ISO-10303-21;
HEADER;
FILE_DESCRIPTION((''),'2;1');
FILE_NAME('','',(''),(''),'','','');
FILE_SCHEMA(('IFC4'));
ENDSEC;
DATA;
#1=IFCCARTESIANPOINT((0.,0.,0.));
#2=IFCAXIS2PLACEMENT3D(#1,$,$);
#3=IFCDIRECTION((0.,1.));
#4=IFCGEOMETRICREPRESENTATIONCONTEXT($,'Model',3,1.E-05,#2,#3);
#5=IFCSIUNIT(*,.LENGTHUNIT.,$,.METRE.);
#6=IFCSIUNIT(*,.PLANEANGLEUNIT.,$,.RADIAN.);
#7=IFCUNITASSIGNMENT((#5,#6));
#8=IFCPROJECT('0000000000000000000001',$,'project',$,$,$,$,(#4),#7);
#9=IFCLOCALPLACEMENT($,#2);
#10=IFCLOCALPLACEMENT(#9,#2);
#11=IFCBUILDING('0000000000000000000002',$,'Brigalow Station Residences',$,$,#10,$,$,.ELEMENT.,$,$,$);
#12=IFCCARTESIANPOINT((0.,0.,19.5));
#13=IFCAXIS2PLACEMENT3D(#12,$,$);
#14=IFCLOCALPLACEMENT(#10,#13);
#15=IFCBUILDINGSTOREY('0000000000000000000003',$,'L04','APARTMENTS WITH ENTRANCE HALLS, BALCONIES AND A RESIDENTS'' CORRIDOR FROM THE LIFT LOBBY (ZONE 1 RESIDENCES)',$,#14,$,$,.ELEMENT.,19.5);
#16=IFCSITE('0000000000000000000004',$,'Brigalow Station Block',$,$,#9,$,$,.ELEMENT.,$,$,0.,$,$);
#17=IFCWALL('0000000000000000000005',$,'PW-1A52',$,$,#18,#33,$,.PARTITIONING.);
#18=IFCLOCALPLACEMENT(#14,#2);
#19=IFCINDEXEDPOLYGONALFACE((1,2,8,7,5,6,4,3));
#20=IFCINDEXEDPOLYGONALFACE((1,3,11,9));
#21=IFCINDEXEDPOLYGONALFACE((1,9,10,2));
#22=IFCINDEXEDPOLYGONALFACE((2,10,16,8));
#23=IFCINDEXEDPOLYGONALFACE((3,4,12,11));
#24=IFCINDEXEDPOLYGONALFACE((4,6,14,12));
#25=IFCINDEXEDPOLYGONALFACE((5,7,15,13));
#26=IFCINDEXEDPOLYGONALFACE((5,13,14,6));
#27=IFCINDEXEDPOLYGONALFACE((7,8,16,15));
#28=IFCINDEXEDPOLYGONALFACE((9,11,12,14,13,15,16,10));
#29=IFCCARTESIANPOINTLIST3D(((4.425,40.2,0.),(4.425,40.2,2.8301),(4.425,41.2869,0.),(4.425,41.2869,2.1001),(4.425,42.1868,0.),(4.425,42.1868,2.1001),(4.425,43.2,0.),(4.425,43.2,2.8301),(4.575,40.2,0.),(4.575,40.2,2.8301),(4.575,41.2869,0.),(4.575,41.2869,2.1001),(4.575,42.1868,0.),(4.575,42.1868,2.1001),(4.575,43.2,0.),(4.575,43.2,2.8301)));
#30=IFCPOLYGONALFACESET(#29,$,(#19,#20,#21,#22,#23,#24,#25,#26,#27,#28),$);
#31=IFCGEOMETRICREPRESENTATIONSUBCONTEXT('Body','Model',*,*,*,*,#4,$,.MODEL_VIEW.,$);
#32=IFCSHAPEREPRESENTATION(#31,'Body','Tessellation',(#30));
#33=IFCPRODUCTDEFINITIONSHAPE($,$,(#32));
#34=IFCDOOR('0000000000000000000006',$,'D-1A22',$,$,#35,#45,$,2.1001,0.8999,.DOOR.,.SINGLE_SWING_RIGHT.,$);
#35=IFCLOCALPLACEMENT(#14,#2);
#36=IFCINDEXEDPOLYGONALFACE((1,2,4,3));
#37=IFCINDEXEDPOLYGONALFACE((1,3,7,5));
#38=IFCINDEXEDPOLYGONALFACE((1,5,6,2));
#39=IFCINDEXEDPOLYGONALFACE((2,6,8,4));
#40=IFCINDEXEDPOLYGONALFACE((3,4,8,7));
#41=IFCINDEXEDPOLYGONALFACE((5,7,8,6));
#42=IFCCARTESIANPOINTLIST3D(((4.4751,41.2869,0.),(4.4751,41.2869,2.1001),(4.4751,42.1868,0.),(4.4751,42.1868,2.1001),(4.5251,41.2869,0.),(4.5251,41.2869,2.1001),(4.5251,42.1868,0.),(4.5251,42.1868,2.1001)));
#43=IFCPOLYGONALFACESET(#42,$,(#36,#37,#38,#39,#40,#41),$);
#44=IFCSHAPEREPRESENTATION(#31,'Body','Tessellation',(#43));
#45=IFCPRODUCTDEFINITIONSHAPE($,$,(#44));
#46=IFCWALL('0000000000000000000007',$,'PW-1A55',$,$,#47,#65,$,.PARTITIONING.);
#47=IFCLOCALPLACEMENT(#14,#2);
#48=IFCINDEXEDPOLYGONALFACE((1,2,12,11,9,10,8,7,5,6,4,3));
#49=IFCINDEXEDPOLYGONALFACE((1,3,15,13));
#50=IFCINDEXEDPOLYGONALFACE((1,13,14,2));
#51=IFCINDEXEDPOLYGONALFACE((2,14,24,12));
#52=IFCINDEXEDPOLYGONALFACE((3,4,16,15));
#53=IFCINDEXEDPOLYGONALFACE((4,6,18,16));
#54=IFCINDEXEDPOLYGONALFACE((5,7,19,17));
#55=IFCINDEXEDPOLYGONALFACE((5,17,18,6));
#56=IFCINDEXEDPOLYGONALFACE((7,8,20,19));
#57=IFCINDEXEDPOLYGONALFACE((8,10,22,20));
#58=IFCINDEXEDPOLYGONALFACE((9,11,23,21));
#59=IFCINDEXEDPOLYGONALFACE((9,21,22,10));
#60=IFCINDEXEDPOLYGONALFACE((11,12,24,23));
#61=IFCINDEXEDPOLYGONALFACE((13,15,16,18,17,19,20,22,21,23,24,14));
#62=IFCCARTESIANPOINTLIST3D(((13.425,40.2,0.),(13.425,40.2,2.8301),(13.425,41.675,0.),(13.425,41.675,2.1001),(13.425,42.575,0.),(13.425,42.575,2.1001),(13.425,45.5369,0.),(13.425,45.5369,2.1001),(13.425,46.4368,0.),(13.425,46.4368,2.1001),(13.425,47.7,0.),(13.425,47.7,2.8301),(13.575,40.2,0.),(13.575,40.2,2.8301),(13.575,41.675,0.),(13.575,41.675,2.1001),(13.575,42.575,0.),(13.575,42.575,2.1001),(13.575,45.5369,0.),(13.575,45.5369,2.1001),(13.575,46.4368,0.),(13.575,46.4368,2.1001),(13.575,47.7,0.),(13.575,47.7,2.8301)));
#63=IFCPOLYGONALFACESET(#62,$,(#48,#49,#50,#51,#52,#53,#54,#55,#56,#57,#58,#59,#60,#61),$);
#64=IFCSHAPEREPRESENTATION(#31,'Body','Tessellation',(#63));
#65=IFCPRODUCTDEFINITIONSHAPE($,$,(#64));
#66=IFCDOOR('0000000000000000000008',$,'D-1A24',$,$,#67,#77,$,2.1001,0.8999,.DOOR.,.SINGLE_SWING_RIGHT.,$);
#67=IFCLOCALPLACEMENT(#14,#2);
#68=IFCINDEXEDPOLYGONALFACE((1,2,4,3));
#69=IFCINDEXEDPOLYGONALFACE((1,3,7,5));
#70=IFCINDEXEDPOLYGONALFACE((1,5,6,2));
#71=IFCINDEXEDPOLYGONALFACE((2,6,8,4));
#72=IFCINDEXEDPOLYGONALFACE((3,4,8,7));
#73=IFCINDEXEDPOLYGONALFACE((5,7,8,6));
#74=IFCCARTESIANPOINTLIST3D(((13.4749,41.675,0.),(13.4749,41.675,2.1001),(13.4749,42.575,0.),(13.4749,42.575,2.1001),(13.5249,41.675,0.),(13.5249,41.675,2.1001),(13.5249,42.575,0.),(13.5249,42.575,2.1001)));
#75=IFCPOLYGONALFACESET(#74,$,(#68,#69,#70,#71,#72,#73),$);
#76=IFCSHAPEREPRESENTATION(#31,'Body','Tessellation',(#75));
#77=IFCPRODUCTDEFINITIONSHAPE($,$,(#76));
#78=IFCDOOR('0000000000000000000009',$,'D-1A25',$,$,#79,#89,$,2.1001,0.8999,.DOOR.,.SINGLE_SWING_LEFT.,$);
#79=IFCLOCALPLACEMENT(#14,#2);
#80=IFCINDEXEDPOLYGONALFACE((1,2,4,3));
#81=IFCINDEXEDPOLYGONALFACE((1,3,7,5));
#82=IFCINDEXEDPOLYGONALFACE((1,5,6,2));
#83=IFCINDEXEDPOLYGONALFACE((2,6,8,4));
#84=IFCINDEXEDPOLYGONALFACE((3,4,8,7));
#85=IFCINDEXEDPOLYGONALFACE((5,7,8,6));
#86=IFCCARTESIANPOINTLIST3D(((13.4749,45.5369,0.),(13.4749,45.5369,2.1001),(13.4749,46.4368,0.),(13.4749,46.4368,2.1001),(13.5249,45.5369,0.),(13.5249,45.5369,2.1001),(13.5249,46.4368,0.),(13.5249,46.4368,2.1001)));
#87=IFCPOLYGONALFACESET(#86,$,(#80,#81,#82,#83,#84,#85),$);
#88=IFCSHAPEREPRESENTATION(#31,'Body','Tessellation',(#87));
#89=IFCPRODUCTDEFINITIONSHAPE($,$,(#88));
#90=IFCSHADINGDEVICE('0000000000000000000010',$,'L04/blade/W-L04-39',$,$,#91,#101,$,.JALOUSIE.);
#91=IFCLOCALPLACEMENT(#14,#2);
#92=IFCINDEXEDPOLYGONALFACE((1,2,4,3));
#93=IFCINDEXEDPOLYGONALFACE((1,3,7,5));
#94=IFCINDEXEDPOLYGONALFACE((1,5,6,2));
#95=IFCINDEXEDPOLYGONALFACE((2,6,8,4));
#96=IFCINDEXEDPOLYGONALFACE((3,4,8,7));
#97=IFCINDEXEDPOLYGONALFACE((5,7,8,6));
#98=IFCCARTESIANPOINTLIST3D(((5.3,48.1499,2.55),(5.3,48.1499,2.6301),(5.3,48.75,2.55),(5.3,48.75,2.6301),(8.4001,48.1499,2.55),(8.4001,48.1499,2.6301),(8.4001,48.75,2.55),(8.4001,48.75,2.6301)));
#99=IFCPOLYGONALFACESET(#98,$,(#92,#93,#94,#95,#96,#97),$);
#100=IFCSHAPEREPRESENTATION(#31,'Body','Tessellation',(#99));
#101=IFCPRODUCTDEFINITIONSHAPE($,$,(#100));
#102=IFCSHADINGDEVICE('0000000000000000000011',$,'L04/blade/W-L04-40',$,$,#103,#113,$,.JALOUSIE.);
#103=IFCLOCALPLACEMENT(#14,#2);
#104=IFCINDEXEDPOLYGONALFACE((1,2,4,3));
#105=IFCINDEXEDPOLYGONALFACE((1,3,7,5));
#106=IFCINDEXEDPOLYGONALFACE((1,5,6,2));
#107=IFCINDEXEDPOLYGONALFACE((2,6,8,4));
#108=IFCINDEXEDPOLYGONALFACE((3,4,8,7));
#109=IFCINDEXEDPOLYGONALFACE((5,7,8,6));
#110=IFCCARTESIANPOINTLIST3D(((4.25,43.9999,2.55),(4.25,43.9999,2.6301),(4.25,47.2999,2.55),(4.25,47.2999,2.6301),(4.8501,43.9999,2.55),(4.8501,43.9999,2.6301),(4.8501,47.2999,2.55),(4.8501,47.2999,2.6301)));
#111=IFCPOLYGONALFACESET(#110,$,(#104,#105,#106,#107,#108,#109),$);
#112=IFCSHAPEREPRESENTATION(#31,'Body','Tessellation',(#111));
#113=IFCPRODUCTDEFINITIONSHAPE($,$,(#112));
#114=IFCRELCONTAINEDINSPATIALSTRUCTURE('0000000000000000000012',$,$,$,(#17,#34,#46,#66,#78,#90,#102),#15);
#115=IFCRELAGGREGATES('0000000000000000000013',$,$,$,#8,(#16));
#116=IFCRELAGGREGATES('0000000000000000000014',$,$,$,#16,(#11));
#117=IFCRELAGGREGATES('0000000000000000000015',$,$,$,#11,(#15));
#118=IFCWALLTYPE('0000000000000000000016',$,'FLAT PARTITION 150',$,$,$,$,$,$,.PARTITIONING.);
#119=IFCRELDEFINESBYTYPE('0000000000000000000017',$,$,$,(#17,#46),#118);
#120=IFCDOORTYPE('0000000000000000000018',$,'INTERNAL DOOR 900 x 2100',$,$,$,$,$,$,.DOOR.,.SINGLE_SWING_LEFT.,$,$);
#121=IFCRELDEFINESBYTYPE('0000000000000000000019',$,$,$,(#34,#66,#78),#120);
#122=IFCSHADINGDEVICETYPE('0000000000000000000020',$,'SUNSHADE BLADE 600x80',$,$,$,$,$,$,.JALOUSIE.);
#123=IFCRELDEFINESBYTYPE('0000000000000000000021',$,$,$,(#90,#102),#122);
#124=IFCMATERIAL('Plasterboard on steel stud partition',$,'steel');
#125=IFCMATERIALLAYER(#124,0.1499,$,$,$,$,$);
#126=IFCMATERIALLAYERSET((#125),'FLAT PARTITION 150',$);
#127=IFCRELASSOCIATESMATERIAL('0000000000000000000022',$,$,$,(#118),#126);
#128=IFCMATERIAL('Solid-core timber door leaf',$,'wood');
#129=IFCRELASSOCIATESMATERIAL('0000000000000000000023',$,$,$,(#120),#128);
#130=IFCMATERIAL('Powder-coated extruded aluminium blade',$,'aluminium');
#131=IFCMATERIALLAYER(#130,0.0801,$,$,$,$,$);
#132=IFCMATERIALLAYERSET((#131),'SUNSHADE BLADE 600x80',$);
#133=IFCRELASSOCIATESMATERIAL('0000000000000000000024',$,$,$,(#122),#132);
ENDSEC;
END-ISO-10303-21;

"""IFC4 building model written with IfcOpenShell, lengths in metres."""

from ifc_helpers import new_model, si_unit, direction, frame, frame_2d, origin, origin_2d, place, context, subcontext, project, spatial, rectangle, extrude, material, layer, layer_set, type_object, element, fill, save


model = new_model("IFC4")

# Units and contexts
model_context = context("Model", 3, precision=1e-05, world=origin(), true_north=direction((0.0, 1.0)))
body_context = subcontext(model_context, "Body", "Model", "MODEL_VIEW")
ifc_project = project(units=[si_unit("LENGTHUNIT", "METRE"), si_unit("PLANEANGLEUNIT", "RADIAN")], contexts=[model_context])

# Site, building, storey
site_placement = place(None, origin())
site = spatial("IfcSite", under=ifc_project, at=site_placement, Name="Brigalow Station Block", CompositionType="ELEMENT", RefElevation=0.0)
building_placement = place(site_placement, origin())
building = spatial("IfcBuilding", under=site, at=building_placement, Name="Brigalow Station Residences", CompositionType="ELEMENT")
storey_placement = place(building_placement, frame((0.0, 0.0, 19.5)))
storey = spatial("IfcBuildingStorey", under=building, at=storey_placement, Name="L04", Description="APARTMENTS WITH ENTRANCE HALLS, BALCONIES AND A RESIDENTS' CORRIDOR FROM THE LIFT LOBBY (ZONE 1 RESIDENCES)", CompositionType="ELEMENT", Elevation=19.5)

# Shared definitions
ifc_material_1 = material(Name="Plasterboard on steel stud partition", Category="steel")
ifc_layer_1 = layer(ifc_material_1, 0.1499)
ifc_layer_set_1 = layer_set([ifc_layer_1], Name="FLAT PARTITION 150")
wall_type_1 = type_object("IfcWallType", Name="FLAT PARTITION 150", PredefinedType="PARTITIONING", material=ifc_layer_set_1)

# Wall, opening, door
wall_1_placement = place(storey_placement, frame((4.5, 40.2, 0.0), z_axis=(0.0, 0.0, 1.0), x_axis=(0.0, 1.0, 0.0)))
wall_1 = element("IfcWall", 1, at=wall_1_placement, inside=storey, type_object=wall_type_1, Name="PW-1A52", PredefinedType="PARTITIONING", context=body_context, shape_type="SweptSolid", body=[
    extrude(rectangle(XDim=3.0, YDim=0.1499, at=frame_2d((1.5, 0.0))), origin(), (0.0, 0.0, 1.0), 2.8301),
])
opening_1_placement = place(wall_1_placement, frame((1.0869, 0.0, 0.0)))
opening_1 = element("IfcOpeningElement", 2, at=opening_1_placement, cuts=wall_1, PredefinedType="OPENING", context=body_context, shape_type="SweptSolid", body=[
    extrude(rectangle(XDim=0.8999, YDim=2.1001, at=frame_2d((0.45, 1.05))), frame((0.0, 0.085, 0.0), z_axis=(0.0, -1.0, 0.0), x_axis=(1.0, 0.0, 0.0)), (0.0, 0.0, 1.0), 0.1699),
])
ifc_material_2 = material(Name="Solid-core timber door leaf", Category="wood")
door_type_1 = type_object("IfcDoorType", Name="INTERNAL DOOR 900 x 2100", OperationType="SINGLE_SWING_LEFT", PredefinedType="DOOR", material=ifc_material_2)
door_1_placement = place(opening_1_placement, origin())
door_1 = element("IfcDoor", 3, at=door_1_placement, inside=storey, type_object=door_type_1, Name="D-1A22", OperationType="SINGLE_SWING_RIGHT", OverallHeight=2.1001, OverallWidth=0.8999, PredefinedType="DOOR", context=body_context, shape_type="SweptSolid", body=[
    extrude(rectangle(XDim=0.8999, YDim=2.1001, at=frame_2d((0.45, 1.05))), frame((0.0, 0.0249, 0.0), z_axis=(0.0, -1.0, 0.0), x_axis=(1.0, 0.0, 0.0)), (0.0, 0.0, 1.0), 0.05),
])
fill(opening_1, door_1)

# Wall, openings, doors
wall_2_placement = place(storey_placement, frame((13.5, 40.2, 0.0), z_axis=(0.0, 0.0, 1.0), x_axis=(0.0, 1.0, 0.0)))
wall_2 = element("IfcWall", 4, at=wall_2_placement, inside=storey, type_object=wall_type_1, Name="PW-1A55", PredefinedType="PARTITIONING", context=body_context, shape_type="SweptSolid", body=[
    extrude(rectangle(XDim=7.5, YDim=0.1499, at=frame_2d((3.75, 0.0))), origin(), (0.0, 0.0, 1.0), 2.8301),
])
opening_2_placement = place(wall_2_placement, frame((1.4751, 0.0, 0.0)))
opening_2 = element("IfcOpeningElement", 5, at=opening_2_placement, cuts=wall_2, PredefinedType="OPENING", context=body_context, shape_type="SweptSolid", body=[
    extrude(rectangle(XDim=0.8999, YDim=2.1001, at=frame_2d((0.45, 1.05))), frame((0.0, 0.085, 0.0), z_axis=(0.0, -1.0, 0.0), x_axis=(1.0, 0.0, 0.0)), (0.0, 0.0, 1.0), 0.1699),
])
opening_3_placement = place(wall_2_placement, frame((5.3369, 0.0, 0.0)))
opening_3 = element("IfcOpeningElement", 6, at=opening_3_placement, cuts=wall_2, PredefinedType="OPENING", context=body_context, shape_type="SweptSolid", body=[
    extrude(rectangle(XDim=0.8999, YDim=2.1001, at=frame_2d((0.45, 1.05))), frame((0.0, 0.085, 0.0), z_axis=(0.0, -1.0, 0.0), x_axis=(1.0, 0.0, 0.0)), (0.0, 0.0, 1.0), 0.1699),
])
door_2_placement = place(opening_2_placement, frame((0.8999, 0.0, 0.0), z_axis=(0.0, 0.0, 1.0), x_axis=(-1.0, 0.0, 0.0)))
door_2 = element("IfcDoor", 7, at=door_2_placement, inside=storey, type_object=door_type_1, Name="D-1A24", OperationType="SINGLE_SWING_RIGHT", OverallHeight=2.1001, OverallWidth=0.8999, PredefinedType="DOOR", context=body_context, shape_type="SweptSolid", body=[
    extrude(rectangle(XDim=0.8999, YDim=2.1001, at=frame_2d((0.45, 1.05))), frame((0.0, 0.0249, 0.0), z_axis=(0.0, -1.0, 0.0), x_axis=(1.0, 0.0, 0.0)), (0.0, 0.0, 1.0), 0.05),
])
fill(opening_2, door_2)
door_3_placement = place(opening_3_placement, frame((0.8999, 0.0, 0.0), z_axis=(0.0, 0.0, 1.0), x_axis=(-1.0, 0.0, 0.0)))
door_3 = element("IfcDoor", 8, at=door_3_placement, inside=storey, type_object=door_type_1, Name="D-1A25", OperationType="SINGLE_SWING_LEFT", OverallHeight=2.1001, OverallWidth=0.8999, PredefinedType="DOOR", context=body_context, shape_type="SweptSolid", body=[
    extrude(rectangle(XDim=0.8999, YDim=2.1001, at=frame_2d((0.45, 1.05))), frame((0.0, 0.0249, 0.0), z_axis=(0.0, -1.0, 0.0), x_axis=(1.0, 0.0, 0.0)), (0.0, 0.0, 1.0), 0.05),
])
fill(opening_3, door_3)

# Shading devices
ifc_material_3 = material(Name="Powder-coated extruded aluminium blade", Category="aluminium")
ifc_layer_2 = layer(ifc_material_3, 0.0801)
ifc_layer_set_2 = layer_set([ifc_layer_2], Name="SUNSHADE BLADE 600x80")
shading_device_type = type_object("IfcShadingDeviceType", Name="SUNSHADE BLADE 600x80", PredefinedType="JALOUSIE", material=ifc_layer_set_2)
shading_device_1_placement = place(storey_placement, frame((6.8501, 48.45, 2.55), z_axis=(0.0, 0.0, 1.0), x_axis=(-1.0, 0.0, 0.0)))
element("IfcShadingDevice", 9, at=shading_device_1_placement, inside=storey, type_object=shading_device_type, Name="L04/blade/W-L04-39", PredefinedType="JALOUSIE", context=body_context, shape_type="SweptSolid", body=[
    extrude(rectangle(XDim=3.1001, YDim=0.6001, at=origin_2d()), origin(), (0.0, 0.0, 1.0), 0.0801),
])
shading_device_2_placement = place(storey_placement, frame((4.55, 45.6499, 2.55), z_axis=(0.0, 0.0, 1.0), x_axis=(0.0, -1.0, 0.0)))
element("IfcShadingDevice", 10, at=shading_device_2_placement, inside=storey, type_object=shading_device_type, Name="L04/blade/W-L04-40", PredefinedType="JALOUSIE", context=body_context, shape_type="SweptSolid", body=[
    extrude(rectangle(XDim=3.3, YDim=0.6001, at=origin_2d()), origin(), (0.0, 0.0, 1.0), 0.0801),
])

save(model, "model.ifc")
